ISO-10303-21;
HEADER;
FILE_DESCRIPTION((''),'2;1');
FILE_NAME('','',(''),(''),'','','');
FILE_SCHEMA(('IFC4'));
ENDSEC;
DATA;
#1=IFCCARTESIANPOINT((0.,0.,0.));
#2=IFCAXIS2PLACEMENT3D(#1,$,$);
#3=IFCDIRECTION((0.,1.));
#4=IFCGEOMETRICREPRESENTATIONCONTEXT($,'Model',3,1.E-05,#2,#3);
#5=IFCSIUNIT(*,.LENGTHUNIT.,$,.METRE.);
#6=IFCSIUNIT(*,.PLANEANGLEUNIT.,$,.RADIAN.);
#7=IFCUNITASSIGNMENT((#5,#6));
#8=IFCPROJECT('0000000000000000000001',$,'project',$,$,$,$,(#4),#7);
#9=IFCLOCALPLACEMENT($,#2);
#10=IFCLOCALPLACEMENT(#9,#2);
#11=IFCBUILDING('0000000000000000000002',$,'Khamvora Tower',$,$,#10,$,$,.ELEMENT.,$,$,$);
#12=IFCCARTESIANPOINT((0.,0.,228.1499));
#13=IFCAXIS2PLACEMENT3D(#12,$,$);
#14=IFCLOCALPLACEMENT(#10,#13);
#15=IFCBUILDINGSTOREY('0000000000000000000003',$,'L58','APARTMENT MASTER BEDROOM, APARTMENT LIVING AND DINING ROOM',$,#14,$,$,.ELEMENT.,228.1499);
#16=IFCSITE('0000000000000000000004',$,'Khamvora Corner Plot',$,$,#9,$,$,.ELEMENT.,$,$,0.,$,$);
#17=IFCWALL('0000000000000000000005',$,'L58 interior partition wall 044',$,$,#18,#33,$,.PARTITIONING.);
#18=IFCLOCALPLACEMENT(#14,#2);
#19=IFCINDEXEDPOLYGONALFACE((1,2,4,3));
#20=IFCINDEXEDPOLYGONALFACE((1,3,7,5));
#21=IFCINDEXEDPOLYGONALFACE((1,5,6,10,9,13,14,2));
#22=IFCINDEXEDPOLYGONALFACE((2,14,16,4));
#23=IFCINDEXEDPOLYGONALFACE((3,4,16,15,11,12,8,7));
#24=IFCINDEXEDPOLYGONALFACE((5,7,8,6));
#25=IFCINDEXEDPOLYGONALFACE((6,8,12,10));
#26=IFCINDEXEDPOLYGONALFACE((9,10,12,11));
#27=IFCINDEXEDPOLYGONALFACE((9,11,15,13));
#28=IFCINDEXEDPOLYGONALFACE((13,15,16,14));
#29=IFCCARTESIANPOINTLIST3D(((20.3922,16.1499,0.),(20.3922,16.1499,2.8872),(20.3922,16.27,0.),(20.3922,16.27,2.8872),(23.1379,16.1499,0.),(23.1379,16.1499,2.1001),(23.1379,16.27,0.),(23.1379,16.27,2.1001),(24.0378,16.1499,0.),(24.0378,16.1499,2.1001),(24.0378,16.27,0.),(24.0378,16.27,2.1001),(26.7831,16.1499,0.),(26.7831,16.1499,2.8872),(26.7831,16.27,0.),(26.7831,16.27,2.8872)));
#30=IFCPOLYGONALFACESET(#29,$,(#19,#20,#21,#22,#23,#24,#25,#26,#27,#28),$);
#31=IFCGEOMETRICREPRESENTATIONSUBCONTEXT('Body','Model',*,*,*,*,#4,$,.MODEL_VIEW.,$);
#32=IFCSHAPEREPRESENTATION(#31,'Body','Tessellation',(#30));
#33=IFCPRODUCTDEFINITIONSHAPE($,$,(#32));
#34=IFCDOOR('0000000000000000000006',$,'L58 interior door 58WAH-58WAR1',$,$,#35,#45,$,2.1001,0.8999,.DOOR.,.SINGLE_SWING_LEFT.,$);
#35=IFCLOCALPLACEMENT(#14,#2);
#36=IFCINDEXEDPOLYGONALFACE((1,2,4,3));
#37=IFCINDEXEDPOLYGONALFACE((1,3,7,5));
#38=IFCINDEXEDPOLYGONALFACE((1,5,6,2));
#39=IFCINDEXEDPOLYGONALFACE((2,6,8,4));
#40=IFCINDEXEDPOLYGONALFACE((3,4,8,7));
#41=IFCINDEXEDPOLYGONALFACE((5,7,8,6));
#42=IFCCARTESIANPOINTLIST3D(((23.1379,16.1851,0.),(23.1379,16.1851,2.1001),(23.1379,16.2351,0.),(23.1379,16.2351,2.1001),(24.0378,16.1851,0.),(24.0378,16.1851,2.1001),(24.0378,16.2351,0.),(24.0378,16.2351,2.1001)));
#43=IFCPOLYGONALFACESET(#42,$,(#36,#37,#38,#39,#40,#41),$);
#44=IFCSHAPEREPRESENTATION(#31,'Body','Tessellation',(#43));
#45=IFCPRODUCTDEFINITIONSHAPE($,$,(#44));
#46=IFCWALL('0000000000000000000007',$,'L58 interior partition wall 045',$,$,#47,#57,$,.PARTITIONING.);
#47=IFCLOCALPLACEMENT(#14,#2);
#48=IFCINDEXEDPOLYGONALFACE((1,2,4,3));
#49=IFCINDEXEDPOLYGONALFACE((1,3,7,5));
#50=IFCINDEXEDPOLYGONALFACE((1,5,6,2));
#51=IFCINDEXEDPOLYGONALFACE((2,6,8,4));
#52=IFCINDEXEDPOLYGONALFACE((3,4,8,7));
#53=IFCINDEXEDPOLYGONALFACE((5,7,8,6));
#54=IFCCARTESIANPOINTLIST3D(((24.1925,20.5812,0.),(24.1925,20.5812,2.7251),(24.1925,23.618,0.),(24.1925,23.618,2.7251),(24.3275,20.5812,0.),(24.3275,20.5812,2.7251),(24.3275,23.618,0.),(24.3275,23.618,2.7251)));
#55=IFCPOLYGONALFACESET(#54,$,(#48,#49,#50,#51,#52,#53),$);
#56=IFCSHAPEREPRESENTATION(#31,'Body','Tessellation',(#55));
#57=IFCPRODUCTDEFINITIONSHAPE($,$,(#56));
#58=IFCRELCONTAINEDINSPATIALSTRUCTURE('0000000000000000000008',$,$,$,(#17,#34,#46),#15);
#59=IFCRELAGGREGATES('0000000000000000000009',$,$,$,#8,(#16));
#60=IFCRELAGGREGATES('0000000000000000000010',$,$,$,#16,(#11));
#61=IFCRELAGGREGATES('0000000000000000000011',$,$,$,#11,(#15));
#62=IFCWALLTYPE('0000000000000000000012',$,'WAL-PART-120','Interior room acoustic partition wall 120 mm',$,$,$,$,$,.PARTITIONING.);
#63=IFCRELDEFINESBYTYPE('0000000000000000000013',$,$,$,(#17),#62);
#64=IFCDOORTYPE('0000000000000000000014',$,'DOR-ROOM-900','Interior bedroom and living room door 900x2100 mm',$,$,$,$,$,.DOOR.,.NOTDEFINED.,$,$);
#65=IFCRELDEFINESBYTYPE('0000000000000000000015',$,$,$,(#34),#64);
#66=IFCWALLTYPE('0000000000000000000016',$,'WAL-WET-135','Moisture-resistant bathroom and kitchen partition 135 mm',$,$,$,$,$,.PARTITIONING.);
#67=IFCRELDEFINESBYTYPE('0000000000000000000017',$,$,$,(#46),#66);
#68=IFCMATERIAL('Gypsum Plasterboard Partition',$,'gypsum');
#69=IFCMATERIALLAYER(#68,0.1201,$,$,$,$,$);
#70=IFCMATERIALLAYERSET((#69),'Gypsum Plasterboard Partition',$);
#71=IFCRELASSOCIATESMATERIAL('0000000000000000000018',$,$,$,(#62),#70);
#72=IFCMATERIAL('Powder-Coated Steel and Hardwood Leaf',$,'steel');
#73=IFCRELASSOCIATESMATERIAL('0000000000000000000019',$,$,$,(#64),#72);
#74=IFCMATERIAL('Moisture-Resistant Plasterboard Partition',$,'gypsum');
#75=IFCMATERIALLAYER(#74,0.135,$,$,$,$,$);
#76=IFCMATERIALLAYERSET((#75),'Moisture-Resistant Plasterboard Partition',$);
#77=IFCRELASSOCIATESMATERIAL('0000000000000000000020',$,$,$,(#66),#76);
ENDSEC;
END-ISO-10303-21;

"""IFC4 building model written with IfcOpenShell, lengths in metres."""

from ifc_helpers import new_model, si_unit, direction, frame, frame_2d, origin, place, context, subcontext, project, spatial, rectangle, extrude, material, layer, layer_set, type_object, element, fill, save


model = new_model("IFC4")

# Units and contexts
model_context = context("Model", 3, precision=1e-05, world=origin(), true_north=direction((0.0, 1.0)))
body_context = subcontext(model_context, "Body", "Model", "MODEL_VIEW")
ifc_project = project(units=[si_unit("LENGTHUNIT", "METRE"), si_unit("PLANEANGLEUNIT", "RADIAN")], contexts=[model_context])

# Site, building, storey
site_placement = place(None, origin())
site = spatial("IfcSite", under=ifc_project, at=site_placement, Name="Khamvora Corner Plot", CompositionType="ELEMENT", RefElevation=0.0)
building_placement = place(site_placement, origin())
building = spatial("IfcBuilding", under=site, at=building_placement, Name="Khamvora Tower", CompositionType="ELEMENT")
storey_placement = place(building_placement, frame((0.0, 0.0, 228.1499)))
storey = spatial("IfcBuildingStorey", under=building, at=storey_placement, Name="L58", Description="APARTMENT MASTER BEDROOM, APARTMENT LIVING AND DINING ROOM", CompositionType="ELEMENT", Elevation=228.1499)

# Shared definitions
ifc_material_1 = material(Name="Powder-Coated Steel and Hardwood Leaf", Category="steel")

# Shared definitions
ifc_material_2 = material(Name="Gypsum Plasterboard Partition", Category="gypsum")
ifc_layer_1 = layer(ifc_material_2, 0.1201)
ifc_layer_set_1 = layer_set([ifc_layer_1], Name="Gypsum Plasterboard Partition")
wall_type_1 = type_object("IfcWallType", Name="WAL-PART-120", Description="Interior room acoustic partition wall 120 mm", PredefinedType="PARTITIONING", material=ifc_layer_set_1)

# Wall, opening, door
wall_1_placement = place(storey_placement, frame((26.783, 16.21, 0.0), z_axis=(0.0, 0.0, 1.0), x_axis=(-1.0, 0.0, 0.0)))
wall_1 = element("IfcWall", 1, at=wall_1_placement, inside=storey, type_object=wall_type_1, Name="L58 interior partition wall 044", PredefinedType="PARTITIONING", context=body_context, shape_type="SweptSolid", body=[
    extrude(rectangle(XDim=6.3909, YDim=0.1201, at=frame_2d((3.1953, 0.0))), origin(), (0.0, 0.0, 1.0), 2.8872),
])
opening_1_placement = place(wall_1_placement, frame((2.7451, 0.0, 0.0)))
opening_1 = element("IfcOpeningElement", 2, at=opening_1_placement, cuts=wall_1, PredefinedType="OPENING", context=body_context, shape_type="SweptSolid", body=[
    extrude(rectangle(XDim=0.8999, YDim=2.1001, at=frame_2d((0.45, 1.05))), frame((0.0, 0.0701, 0.0), z_axis=(0.0, -1.0, 0.0), x_axis=(1.0, 0.0, 0.0)), (0.0, 0.0, 1.0), 0.1401),
])
door_type_1 = type_object("IfcDoorType", Name="DOR-ROOM-900", Description="Interior bedroom and living room door 900x2100 mm", OperationType="NOTDEFINED", PredefinedType="DOOR", material=ifc_material_1)
door_1_placement = place(opening_1_placement, origin())
door_1 = element("IfcDoor", 3, at=door_1_placement, inside=storey, type_object=door_type_1, Name="L58 interior door 58WAH-58WAR1", OperationType="SINGLE_SWING_LEFT", OverallHeight=2.1001, OverallWidth=0.8999, PredefinedType="DOOR", context=body_context, shape_type="SweptSolid", body=[
    extrude(rectangle(XDim=0.8999, YDim=2.1001, at=frame_2d((0.45, 1.05))), frame((0.0, 0.0249, 0.0), z_axis=(0.0, -1.0, 0.0), x_axis=(1.0, 0.0, 0.0)), (0.0, 0.0, 1.0), 0.05),
])
fill(opening_1, door_1)

# Wall
ifc_material_3 = material(Name="Moisture-Resistant Plasterboard Partition", Category="gypsum")
ifc_layer_2 = layer(ifc_material_3, 0.135)
ifc_layer_set_2 = layer_set([ifc_layer_2], Name="Moisture-Resistant Plasterboard Partition")
wall_type_2 = type_object("IfcWallType", Name="WAL-WET-135", Description="Moisture-resistant bathroom and kitchen partition 135 mm", PredefinedType="PARTITIONING", material=ifc_layer_set_2)
wall_2_placement = place(storey_placement, frame((24.26, 20.5811, 0.0), z_axis=(0.0, 0.0, 1.0), x_axis=(0.0, 1.0, 0.0)))
element("IfcWall", 4, at=wall_2_placement, inside=storey, type_object=wall_type_2, Name="L58 interior partition wall 045", PredefinedType="PARTITIONING", context=body_context, shape_type="SweptSolid", body=[
    extrude(rectangle(XDim=3.0369, YDim=0.135, at=frame_2d((1.5186, 0.0))), origin(), (0.0, 0.0, 1.0), 2.7251),
])

save(model, "model.ifc")
